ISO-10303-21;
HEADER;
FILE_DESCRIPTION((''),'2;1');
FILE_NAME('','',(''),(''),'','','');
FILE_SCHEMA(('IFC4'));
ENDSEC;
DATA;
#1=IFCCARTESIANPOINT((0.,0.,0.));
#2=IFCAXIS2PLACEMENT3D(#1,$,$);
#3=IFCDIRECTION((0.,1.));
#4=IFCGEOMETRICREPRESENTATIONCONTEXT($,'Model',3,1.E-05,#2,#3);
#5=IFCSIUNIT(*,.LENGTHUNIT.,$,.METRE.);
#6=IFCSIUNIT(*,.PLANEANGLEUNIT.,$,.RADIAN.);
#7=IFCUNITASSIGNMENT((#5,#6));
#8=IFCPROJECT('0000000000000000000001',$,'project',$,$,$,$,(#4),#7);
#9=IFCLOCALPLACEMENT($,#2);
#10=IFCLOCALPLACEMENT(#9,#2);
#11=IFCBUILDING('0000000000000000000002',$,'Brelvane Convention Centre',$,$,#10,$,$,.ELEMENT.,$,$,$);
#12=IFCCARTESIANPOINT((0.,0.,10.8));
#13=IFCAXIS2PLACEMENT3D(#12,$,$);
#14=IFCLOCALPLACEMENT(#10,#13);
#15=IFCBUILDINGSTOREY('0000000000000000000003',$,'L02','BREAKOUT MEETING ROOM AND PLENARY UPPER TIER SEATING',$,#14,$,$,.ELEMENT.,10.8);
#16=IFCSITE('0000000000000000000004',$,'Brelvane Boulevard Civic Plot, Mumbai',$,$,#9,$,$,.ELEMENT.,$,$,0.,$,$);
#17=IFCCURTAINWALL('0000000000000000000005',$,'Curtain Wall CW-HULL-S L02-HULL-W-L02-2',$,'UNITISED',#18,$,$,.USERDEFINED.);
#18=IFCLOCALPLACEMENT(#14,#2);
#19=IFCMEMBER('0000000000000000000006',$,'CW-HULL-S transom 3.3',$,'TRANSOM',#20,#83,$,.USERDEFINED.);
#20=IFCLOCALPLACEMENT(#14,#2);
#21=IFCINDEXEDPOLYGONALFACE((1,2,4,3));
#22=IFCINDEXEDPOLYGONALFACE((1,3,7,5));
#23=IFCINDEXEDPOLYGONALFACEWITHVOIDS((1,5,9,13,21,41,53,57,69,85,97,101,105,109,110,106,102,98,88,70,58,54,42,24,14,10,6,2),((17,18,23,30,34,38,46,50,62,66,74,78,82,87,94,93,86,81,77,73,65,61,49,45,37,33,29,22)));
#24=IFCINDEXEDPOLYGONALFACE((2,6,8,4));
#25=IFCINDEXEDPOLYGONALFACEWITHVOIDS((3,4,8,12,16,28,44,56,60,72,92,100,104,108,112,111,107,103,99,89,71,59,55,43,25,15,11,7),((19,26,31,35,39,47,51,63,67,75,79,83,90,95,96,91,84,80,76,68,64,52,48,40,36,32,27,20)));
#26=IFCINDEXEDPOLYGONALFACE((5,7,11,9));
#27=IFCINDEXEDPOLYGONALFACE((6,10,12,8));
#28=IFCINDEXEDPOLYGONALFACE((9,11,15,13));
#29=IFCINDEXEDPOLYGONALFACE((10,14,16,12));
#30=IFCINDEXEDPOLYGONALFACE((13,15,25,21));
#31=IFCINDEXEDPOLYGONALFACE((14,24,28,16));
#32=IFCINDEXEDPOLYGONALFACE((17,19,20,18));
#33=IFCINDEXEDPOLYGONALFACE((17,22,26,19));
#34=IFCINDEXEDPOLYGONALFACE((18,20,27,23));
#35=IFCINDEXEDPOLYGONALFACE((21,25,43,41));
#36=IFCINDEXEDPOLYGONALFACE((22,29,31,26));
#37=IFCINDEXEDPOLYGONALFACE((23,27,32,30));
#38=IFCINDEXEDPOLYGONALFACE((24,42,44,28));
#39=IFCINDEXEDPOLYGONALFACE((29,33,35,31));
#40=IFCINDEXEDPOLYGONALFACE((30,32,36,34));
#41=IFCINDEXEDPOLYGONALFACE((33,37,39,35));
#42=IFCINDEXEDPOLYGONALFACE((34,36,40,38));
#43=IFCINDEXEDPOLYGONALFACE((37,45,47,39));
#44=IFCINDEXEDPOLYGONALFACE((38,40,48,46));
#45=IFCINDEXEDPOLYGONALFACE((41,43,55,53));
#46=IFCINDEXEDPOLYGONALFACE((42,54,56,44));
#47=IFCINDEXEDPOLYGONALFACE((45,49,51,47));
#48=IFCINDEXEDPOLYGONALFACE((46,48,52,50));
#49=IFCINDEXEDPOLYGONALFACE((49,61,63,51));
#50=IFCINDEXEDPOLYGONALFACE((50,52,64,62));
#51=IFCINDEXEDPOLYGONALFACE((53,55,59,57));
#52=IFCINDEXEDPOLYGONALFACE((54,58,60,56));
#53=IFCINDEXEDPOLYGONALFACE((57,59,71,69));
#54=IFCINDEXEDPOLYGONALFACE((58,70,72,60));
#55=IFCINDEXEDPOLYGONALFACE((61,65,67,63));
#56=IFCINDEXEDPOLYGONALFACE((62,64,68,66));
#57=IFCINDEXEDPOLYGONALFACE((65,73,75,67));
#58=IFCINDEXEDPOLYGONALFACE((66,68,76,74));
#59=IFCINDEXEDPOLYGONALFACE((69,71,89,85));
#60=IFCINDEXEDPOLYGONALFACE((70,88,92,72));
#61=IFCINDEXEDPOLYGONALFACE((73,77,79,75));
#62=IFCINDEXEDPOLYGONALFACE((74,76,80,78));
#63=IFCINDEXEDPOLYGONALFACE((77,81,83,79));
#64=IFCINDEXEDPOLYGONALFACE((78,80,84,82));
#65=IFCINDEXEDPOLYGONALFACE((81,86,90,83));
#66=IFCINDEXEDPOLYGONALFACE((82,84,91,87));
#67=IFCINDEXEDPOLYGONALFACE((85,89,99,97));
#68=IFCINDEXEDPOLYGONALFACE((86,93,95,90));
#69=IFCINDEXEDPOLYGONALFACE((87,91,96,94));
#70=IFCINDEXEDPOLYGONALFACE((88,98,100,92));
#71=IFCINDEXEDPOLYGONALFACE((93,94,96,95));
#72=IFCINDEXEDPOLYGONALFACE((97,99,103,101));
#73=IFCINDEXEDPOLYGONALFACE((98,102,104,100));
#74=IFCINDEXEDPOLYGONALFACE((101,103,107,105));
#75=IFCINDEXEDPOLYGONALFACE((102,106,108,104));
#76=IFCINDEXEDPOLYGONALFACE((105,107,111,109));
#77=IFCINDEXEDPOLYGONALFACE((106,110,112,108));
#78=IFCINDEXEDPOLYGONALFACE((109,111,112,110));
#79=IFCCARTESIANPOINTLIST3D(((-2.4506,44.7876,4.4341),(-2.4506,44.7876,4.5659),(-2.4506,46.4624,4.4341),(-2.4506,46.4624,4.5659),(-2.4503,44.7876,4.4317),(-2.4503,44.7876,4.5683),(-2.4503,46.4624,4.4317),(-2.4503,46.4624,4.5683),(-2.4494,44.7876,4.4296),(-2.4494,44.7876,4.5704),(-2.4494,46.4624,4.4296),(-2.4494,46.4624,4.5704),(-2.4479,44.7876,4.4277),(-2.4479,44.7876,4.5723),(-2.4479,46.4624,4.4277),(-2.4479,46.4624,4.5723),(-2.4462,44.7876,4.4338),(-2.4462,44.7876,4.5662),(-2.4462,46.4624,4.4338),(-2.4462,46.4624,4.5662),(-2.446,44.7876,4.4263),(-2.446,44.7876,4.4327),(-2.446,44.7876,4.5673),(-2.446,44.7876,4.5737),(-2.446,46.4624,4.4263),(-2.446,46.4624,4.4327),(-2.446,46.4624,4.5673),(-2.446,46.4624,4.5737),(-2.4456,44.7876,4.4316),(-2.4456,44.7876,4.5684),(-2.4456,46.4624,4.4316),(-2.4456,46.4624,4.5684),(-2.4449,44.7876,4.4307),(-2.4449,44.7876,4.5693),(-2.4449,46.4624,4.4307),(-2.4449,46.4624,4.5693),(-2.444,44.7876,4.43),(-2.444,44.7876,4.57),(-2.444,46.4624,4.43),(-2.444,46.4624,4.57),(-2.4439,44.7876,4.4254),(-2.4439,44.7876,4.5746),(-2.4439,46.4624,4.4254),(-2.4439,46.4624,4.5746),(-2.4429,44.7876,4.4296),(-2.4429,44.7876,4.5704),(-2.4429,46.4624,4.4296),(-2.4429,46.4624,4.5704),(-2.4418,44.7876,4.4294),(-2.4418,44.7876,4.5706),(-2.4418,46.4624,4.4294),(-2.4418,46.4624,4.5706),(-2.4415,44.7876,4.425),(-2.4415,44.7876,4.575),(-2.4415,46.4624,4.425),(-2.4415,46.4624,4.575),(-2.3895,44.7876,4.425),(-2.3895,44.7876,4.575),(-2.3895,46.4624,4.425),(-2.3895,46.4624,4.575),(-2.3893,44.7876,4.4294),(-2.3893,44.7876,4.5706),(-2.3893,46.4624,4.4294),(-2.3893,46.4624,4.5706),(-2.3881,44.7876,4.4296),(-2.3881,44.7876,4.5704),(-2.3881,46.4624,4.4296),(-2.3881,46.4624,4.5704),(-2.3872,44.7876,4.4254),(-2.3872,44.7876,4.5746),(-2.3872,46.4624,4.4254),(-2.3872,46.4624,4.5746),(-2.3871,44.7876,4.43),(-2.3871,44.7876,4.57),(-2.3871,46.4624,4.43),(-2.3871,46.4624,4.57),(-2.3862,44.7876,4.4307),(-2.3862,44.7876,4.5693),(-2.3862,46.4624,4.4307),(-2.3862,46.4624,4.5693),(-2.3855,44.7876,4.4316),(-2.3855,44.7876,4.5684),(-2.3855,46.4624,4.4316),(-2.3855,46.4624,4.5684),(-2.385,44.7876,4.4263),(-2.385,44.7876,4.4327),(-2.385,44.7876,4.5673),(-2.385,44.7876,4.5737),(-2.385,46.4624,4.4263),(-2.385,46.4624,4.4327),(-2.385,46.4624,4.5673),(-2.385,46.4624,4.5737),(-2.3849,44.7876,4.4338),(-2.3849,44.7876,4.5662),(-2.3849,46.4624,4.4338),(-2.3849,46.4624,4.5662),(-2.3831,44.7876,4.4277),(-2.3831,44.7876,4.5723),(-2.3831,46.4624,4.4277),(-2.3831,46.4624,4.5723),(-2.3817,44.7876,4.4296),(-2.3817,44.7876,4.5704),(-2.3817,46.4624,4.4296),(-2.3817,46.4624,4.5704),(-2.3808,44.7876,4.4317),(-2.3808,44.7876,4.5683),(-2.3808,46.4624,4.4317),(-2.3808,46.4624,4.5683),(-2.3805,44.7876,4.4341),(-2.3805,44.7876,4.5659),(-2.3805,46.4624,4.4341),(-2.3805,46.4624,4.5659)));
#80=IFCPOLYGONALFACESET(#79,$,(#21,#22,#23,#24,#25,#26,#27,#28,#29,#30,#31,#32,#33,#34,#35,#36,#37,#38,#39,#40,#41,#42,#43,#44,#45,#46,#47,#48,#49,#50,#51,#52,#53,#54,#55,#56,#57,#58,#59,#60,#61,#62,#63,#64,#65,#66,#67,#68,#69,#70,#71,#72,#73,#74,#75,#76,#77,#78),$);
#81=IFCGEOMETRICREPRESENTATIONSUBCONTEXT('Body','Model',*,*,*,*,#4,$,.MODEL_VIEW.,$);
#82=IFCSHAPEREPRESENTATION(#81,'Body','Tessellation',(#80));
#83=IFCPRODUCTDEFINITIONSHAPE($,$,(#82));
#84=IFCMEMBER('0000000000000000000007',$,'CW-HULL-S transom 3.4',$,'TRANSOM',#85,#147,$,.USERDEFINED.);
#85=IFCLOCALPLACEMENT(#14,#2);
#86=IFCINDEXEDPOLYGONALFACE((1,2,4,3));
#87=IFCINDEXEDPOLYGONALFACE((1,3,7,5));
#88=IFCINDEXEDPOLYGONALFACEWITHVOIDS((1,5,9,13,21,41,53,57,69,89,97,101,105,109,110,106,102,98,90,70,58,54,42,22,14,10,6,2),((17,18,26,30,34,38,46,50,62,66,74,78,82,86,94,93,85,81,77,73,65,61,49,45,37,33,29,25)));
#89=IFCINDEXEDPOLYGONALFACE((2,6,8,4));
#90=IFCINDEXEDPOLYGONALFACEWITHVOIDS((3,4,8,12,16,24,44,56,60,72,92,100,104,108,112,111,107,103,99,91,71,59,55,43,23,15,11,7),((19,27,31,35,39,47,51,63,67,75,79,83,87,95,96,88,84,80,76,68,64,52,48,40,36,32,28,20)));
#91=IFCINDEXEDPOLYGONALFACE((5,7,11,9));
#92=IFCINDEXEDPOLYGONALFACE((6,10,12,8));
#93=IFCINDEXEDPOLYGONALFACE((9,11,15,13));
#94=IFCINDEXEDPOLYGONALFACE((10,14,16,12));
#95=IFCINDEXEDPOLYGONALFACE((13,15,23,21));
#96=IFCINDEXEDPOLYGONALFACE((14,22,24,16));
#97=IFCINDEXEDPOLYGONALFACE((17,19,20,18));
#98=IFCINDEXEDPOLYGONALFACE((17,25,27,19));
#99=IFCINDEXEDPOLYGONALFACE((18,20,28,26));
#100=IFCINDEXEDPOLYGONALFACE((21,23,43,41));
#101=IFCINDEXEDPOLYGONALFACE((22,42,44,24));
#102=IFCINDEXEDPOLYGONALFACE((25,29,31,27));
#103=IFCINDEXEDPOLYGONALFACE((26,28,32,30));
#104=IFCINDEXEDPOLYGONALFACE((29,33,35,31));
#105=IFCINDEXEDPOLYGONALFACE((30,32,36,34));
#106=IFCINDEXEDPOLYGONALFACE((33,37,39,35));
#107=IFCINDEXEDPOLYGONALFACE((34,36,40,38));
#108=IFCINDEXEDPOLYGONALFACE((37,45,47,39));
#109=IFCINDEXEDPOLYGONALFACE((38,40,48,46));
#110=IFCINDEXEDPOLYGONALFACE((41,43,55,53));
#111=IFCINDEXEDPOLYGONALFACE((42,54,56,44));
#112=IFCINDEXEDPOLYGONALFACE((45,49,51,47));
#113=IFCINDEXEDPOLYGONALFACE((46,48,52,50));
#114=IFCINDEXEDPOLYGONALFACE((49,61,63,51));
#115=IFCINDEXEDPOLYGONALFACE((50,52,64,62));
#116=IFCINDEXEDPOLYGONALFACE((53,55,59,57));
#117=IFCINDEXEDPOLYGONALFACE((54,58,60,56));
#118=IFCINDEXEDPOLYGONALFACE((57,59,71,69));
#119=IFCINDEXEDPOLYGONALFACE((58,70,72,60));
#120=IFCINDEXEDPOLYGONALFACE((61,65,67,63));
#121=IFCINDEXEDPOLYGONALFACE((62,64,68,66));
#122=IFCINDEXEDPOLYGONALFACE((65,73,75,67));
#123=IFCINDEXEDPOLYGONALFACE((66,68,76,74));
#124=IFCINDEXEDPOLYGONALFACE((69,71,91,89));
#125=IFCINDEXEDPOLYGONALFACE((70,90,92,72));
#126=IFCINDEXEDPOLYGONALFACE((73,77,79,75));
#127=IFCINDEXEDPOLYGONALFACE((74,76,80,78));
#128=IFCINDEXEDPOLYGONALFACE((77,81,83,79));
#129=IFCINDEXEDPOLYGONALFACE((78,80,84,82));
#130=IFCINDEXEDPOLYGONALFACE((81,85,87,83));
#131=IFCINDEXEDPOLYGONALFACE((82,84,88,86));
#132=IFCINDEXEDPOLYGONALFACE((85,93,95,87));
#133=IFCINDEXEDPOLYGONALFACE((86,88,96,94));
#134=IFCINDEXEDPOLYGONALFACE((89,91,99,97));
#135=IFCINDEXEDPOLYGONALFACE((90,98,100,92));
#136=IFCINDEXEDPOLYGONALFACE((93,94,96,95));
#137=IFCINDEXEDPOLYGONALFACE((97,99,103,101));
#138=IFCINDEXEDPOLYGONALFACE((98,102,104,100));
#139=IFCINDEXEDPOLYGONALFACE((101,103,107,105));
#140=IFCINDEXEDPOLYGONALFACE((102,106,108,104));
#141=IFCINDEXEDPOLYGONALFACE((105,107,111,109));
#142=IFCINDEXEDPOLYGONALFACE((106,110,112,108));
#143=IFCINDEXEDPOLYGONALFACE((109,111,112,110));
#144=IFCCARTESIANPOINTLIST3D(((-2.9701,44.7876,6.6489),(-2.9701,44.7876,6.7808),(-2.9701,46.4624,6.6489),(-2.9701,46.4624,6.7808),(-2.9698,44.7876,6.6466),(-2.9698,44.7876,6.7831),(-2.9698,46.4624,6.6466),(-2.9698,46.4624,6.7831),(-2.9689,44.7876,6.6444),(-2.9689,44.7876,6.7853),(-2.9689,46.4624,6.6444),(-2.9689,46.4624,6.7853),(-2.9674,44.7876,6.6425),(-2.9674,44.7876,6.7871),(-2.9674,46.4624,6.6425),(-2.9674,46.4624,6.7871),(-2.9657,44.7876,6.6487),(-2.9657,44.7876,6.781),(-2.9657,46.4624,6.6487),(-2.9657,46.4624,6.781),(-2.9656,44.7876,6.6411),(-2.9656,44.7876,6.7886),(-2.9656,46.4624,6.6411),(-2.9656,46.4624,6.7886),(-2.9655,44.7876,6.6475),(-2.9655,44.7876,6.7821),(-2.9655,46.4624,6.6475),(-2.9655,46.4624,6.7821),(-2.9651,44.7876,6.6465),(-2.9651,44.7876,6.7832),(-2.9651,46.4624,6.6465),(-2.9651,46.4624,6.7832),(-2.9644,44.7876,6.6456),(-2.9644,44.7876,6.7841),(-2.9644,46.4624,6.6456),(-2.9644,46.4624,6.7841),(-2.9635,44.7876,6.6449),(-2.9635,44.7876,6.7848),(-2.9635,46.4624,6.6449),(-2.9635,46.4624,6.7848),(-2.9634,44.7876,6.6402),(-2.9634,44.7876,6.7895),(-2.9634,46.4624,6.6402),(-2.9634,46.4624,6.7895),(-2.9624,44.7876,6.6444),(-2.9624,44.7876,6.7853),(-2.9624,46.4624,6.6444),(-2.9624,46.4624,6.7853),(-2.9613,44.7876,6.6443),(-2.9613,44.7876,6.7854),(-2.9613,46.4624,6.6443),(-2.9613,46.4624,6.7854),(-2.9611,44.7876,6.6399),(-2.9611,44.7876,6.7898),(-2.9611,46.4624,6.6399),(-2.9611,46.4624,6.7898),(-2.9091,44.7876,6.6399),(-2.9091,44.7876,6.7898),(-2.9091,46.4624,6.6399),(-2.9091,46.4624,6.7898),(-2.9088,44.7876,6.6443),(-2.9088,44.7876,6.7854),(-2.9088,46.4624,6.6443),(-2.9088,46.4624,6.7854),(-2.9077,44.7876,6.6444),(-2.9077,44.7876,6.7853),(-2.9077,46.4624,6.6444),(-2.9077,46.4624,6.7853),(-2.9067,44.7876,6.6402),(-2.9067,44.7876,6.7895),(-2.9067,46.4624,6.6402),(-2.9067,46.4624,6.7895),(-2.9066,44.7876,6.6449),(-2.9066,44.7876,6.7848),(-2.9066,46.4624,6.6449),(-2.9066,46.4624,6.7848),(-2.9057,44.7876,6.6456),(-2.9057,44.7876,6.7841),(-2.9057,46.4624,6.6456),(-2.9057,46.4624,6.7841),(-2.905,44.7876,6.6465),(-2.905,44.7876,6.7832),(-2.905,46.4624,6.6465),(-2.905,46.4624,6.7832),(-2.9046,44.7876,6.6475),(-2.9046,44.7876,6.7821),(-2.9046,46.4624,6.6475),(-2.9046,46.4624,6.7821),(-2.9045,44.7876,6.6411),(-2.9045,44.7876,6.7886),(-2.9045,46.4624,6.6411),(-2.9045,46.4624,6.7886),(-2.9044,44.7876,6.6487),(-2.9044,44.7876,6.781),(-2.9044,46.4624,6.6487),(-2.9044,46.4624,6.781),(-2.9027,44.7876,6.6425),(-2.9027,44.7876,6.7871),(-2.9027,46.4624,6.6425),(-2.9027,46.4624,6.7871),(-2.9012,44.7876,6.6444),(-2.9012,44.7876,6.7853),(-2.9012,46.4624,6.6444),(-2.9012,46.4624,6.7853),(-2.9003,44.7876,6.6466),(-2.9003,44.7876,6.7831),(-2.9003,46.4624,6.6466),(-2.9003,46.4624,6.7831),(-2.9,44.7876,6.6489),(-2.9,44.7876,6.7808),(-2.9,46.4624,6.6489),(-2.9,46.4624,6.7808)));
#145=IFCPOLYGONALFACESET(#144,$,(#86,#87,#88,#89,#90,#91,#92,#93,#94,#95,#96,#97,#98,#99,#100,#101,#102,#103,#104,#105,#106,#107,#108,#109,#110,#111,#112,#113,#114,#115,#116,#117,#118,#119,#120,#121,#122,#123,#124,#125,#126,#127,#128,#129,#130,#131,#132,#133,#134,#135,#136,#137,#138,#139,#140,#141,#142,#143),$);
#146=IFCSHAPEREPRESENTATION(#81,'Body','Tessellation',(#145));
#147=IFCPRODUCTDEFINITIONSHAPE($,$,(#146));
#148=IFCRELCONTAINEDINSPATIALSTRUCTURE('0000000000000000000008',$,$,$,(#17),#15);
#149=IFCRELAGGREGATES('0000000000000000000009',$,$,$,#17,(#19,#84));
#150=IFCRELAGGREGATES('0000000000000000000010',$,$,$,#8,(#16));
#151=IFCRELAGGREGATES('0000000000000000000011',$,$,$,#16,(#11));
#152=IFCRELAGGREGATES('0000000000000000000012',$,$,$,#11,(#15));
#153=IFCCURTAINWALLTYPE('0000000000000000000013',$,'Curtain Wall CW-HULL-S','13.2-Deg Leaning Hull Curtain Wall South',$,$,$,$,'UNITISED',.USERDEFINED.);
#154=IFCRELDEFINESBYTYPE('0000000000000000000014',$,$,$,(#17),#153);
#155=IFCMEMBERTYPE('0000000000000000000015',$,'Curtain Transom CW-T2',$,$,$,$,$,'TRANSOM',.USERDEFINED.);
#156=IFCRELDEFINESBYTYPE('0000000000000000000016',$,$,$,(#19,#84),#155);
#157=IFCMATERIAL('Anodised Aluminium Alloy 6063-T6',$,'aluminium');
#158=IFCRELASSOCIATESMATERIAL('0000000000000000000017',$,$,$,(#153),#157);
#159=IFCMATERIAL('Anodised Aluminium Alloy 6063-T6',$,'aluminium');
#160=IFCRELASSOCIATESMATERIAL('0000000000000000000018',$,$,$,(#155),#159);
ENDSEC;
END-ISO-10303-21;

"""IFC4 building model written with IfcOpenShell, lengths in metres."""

from ifc_helpers import new_model, si_unit, direction, frame, origin, origin_2d, place, context, subcontext, project, spatial, hollow_rectangle, extrude, material, material_profile, profile_set, type_object, element, aggregate, save


model = new_model("IFC4")

# Units and contexts
model_context = context("Model", 3, precision=1e-05, world=origin(), true_north=direction((0.0, 1.0)))
body_context = subcontext(model_context, "Body", "Model", "MODEL_VIEW")
ifc_project = project(units=[si_unit("LENGTHUNIT", "METRE"), si_unit("PLANEANGLEUNIT", "RADIAN")], contexts=[model_context])

# Site, building, storey
site_placement = place(None, origin())
site = spatial("IfcSite", under=ifc_project, at=site_placement, Name="Brelvane Boulevard Civic Plot, Mumbai", CompositionType="ELEMENT", RefElevation=0.0)
building_placement = place(site_placement, origin())
building = spatial("IfcBuilding", under=site, at=building_placement, Name="Brelvane Convention Centre", CompositionType="ELEMENT")
storey_placement = place(building_placement, frame((0.0, 0.0, 10.8)))
storey = spatial("IfcBuildingStorey", under=building, at=storey_placement, Name="L02", Description="BREAKOUT MEETING ROOM AND PLENARY UPPER TIER SEATING", CompositionType="ELEMENT", Elevation=10.8)

# Curtain wall, members
ifc_material_1 = material(Name="Anodised Aluminium Alloy 6063-T6", Category="aluminium")
curtain_wall_type = type_object("IfcCurtainWallType", Name="Curtain Wall CW-HULL-S", Description="13.2-Deg Leaning Hull Curtain Wall South", ElementType="UNITISED", PredefinedType="USERDEFINED", material=ifc_material_1)
curtain_wall_placement = place(storey_placement, origin())
curtain_wall = element("IfcCurtainWall", 1, at=curtain_wall_placement, inside=storey, type_object=curtain_wall_type, Name="Curtain Wall CW-HULL-S L02-HULL-W-L02-2", ObjectType="UNITISED", PredefinedType="USERDEFINED")
ifc_material_2 = material(Name="Anodised Aluminium Alloy 6063-T6", Category="aluminium")
ifc_material_profile_1 = material_profile(ifc_material_2, hollow_rectangle(XDim=0.0701, YDim=0.1499, WallThickness=0.0044, InnerFilletRadius=0.0044, OuterFilletRadius=0.009, at=origin_2d()), Name="ALU-T 150x70x4.5")
ifc_profile_set_1 = profile_set([ifc_material_profile_1], Name="Anodised Aluminium Alloy 6063-T6")
member_type_1 = type_object("IfcMemberType", Name="Curtain Transom CW-T2", ElementType="TRANSOM", PredefinedType="USERDEFINED", material=ifc_profile_set_1)
member_1_placement = place(storey_placement, frame((-2.4155, 44.7876, 4.5), z_axis=(0.0, 1.0, 0.0), x_axis=(-1.0, 0.0, 0.0)))
member_1 = element("IfcMember", 2, at=member_1_placement, type_object=member_type_1, Name="CW-HULL-S transom 3.3", ObjectType="TRANSOM", PredefinedType="USERDEFINED", context=body_context, shape_type="SweptSolid", body=[
    extrude(hollow_rectangle(XDim=0.0701, YDim=0.1499, WallThickness=0.0044, InnerFilletRadius=0.0044, OuterFilletRadius=0.009, at=origin_2d()), origin(), (0.0, 0.0, 1.0), 1.6748),
])
member_2_placement = place(storey_placement, frame((-2.9351, 44.7876, 6.7148), z_axis=(0.0, 1.0, 0.0), x_axis=(-1.0, 0.0, 0.0)))
member_2 = element("IfcMember", 3, at=member_2_placement, type_object=member_type_1, Name="CW-HULL-S transom 3.4", ObjectType="TRANSOM", PredefinedType="USERDEFINED", context=body_context, shape_type="SweptSolid", body=[
    extrude(hollow_rectangle(XDim=0.0701, YDim=0.1499, WallThickness=0.0044, InnerFilletRadius=0.0044, OuterFilletRadius=0.009, at=origin_2d()), origin(), (0.0, 0.0, 1.0), 1.6748),
])
aggregate(curtain_wall, [member_1, member_2])

save(model, "model.ifc")
